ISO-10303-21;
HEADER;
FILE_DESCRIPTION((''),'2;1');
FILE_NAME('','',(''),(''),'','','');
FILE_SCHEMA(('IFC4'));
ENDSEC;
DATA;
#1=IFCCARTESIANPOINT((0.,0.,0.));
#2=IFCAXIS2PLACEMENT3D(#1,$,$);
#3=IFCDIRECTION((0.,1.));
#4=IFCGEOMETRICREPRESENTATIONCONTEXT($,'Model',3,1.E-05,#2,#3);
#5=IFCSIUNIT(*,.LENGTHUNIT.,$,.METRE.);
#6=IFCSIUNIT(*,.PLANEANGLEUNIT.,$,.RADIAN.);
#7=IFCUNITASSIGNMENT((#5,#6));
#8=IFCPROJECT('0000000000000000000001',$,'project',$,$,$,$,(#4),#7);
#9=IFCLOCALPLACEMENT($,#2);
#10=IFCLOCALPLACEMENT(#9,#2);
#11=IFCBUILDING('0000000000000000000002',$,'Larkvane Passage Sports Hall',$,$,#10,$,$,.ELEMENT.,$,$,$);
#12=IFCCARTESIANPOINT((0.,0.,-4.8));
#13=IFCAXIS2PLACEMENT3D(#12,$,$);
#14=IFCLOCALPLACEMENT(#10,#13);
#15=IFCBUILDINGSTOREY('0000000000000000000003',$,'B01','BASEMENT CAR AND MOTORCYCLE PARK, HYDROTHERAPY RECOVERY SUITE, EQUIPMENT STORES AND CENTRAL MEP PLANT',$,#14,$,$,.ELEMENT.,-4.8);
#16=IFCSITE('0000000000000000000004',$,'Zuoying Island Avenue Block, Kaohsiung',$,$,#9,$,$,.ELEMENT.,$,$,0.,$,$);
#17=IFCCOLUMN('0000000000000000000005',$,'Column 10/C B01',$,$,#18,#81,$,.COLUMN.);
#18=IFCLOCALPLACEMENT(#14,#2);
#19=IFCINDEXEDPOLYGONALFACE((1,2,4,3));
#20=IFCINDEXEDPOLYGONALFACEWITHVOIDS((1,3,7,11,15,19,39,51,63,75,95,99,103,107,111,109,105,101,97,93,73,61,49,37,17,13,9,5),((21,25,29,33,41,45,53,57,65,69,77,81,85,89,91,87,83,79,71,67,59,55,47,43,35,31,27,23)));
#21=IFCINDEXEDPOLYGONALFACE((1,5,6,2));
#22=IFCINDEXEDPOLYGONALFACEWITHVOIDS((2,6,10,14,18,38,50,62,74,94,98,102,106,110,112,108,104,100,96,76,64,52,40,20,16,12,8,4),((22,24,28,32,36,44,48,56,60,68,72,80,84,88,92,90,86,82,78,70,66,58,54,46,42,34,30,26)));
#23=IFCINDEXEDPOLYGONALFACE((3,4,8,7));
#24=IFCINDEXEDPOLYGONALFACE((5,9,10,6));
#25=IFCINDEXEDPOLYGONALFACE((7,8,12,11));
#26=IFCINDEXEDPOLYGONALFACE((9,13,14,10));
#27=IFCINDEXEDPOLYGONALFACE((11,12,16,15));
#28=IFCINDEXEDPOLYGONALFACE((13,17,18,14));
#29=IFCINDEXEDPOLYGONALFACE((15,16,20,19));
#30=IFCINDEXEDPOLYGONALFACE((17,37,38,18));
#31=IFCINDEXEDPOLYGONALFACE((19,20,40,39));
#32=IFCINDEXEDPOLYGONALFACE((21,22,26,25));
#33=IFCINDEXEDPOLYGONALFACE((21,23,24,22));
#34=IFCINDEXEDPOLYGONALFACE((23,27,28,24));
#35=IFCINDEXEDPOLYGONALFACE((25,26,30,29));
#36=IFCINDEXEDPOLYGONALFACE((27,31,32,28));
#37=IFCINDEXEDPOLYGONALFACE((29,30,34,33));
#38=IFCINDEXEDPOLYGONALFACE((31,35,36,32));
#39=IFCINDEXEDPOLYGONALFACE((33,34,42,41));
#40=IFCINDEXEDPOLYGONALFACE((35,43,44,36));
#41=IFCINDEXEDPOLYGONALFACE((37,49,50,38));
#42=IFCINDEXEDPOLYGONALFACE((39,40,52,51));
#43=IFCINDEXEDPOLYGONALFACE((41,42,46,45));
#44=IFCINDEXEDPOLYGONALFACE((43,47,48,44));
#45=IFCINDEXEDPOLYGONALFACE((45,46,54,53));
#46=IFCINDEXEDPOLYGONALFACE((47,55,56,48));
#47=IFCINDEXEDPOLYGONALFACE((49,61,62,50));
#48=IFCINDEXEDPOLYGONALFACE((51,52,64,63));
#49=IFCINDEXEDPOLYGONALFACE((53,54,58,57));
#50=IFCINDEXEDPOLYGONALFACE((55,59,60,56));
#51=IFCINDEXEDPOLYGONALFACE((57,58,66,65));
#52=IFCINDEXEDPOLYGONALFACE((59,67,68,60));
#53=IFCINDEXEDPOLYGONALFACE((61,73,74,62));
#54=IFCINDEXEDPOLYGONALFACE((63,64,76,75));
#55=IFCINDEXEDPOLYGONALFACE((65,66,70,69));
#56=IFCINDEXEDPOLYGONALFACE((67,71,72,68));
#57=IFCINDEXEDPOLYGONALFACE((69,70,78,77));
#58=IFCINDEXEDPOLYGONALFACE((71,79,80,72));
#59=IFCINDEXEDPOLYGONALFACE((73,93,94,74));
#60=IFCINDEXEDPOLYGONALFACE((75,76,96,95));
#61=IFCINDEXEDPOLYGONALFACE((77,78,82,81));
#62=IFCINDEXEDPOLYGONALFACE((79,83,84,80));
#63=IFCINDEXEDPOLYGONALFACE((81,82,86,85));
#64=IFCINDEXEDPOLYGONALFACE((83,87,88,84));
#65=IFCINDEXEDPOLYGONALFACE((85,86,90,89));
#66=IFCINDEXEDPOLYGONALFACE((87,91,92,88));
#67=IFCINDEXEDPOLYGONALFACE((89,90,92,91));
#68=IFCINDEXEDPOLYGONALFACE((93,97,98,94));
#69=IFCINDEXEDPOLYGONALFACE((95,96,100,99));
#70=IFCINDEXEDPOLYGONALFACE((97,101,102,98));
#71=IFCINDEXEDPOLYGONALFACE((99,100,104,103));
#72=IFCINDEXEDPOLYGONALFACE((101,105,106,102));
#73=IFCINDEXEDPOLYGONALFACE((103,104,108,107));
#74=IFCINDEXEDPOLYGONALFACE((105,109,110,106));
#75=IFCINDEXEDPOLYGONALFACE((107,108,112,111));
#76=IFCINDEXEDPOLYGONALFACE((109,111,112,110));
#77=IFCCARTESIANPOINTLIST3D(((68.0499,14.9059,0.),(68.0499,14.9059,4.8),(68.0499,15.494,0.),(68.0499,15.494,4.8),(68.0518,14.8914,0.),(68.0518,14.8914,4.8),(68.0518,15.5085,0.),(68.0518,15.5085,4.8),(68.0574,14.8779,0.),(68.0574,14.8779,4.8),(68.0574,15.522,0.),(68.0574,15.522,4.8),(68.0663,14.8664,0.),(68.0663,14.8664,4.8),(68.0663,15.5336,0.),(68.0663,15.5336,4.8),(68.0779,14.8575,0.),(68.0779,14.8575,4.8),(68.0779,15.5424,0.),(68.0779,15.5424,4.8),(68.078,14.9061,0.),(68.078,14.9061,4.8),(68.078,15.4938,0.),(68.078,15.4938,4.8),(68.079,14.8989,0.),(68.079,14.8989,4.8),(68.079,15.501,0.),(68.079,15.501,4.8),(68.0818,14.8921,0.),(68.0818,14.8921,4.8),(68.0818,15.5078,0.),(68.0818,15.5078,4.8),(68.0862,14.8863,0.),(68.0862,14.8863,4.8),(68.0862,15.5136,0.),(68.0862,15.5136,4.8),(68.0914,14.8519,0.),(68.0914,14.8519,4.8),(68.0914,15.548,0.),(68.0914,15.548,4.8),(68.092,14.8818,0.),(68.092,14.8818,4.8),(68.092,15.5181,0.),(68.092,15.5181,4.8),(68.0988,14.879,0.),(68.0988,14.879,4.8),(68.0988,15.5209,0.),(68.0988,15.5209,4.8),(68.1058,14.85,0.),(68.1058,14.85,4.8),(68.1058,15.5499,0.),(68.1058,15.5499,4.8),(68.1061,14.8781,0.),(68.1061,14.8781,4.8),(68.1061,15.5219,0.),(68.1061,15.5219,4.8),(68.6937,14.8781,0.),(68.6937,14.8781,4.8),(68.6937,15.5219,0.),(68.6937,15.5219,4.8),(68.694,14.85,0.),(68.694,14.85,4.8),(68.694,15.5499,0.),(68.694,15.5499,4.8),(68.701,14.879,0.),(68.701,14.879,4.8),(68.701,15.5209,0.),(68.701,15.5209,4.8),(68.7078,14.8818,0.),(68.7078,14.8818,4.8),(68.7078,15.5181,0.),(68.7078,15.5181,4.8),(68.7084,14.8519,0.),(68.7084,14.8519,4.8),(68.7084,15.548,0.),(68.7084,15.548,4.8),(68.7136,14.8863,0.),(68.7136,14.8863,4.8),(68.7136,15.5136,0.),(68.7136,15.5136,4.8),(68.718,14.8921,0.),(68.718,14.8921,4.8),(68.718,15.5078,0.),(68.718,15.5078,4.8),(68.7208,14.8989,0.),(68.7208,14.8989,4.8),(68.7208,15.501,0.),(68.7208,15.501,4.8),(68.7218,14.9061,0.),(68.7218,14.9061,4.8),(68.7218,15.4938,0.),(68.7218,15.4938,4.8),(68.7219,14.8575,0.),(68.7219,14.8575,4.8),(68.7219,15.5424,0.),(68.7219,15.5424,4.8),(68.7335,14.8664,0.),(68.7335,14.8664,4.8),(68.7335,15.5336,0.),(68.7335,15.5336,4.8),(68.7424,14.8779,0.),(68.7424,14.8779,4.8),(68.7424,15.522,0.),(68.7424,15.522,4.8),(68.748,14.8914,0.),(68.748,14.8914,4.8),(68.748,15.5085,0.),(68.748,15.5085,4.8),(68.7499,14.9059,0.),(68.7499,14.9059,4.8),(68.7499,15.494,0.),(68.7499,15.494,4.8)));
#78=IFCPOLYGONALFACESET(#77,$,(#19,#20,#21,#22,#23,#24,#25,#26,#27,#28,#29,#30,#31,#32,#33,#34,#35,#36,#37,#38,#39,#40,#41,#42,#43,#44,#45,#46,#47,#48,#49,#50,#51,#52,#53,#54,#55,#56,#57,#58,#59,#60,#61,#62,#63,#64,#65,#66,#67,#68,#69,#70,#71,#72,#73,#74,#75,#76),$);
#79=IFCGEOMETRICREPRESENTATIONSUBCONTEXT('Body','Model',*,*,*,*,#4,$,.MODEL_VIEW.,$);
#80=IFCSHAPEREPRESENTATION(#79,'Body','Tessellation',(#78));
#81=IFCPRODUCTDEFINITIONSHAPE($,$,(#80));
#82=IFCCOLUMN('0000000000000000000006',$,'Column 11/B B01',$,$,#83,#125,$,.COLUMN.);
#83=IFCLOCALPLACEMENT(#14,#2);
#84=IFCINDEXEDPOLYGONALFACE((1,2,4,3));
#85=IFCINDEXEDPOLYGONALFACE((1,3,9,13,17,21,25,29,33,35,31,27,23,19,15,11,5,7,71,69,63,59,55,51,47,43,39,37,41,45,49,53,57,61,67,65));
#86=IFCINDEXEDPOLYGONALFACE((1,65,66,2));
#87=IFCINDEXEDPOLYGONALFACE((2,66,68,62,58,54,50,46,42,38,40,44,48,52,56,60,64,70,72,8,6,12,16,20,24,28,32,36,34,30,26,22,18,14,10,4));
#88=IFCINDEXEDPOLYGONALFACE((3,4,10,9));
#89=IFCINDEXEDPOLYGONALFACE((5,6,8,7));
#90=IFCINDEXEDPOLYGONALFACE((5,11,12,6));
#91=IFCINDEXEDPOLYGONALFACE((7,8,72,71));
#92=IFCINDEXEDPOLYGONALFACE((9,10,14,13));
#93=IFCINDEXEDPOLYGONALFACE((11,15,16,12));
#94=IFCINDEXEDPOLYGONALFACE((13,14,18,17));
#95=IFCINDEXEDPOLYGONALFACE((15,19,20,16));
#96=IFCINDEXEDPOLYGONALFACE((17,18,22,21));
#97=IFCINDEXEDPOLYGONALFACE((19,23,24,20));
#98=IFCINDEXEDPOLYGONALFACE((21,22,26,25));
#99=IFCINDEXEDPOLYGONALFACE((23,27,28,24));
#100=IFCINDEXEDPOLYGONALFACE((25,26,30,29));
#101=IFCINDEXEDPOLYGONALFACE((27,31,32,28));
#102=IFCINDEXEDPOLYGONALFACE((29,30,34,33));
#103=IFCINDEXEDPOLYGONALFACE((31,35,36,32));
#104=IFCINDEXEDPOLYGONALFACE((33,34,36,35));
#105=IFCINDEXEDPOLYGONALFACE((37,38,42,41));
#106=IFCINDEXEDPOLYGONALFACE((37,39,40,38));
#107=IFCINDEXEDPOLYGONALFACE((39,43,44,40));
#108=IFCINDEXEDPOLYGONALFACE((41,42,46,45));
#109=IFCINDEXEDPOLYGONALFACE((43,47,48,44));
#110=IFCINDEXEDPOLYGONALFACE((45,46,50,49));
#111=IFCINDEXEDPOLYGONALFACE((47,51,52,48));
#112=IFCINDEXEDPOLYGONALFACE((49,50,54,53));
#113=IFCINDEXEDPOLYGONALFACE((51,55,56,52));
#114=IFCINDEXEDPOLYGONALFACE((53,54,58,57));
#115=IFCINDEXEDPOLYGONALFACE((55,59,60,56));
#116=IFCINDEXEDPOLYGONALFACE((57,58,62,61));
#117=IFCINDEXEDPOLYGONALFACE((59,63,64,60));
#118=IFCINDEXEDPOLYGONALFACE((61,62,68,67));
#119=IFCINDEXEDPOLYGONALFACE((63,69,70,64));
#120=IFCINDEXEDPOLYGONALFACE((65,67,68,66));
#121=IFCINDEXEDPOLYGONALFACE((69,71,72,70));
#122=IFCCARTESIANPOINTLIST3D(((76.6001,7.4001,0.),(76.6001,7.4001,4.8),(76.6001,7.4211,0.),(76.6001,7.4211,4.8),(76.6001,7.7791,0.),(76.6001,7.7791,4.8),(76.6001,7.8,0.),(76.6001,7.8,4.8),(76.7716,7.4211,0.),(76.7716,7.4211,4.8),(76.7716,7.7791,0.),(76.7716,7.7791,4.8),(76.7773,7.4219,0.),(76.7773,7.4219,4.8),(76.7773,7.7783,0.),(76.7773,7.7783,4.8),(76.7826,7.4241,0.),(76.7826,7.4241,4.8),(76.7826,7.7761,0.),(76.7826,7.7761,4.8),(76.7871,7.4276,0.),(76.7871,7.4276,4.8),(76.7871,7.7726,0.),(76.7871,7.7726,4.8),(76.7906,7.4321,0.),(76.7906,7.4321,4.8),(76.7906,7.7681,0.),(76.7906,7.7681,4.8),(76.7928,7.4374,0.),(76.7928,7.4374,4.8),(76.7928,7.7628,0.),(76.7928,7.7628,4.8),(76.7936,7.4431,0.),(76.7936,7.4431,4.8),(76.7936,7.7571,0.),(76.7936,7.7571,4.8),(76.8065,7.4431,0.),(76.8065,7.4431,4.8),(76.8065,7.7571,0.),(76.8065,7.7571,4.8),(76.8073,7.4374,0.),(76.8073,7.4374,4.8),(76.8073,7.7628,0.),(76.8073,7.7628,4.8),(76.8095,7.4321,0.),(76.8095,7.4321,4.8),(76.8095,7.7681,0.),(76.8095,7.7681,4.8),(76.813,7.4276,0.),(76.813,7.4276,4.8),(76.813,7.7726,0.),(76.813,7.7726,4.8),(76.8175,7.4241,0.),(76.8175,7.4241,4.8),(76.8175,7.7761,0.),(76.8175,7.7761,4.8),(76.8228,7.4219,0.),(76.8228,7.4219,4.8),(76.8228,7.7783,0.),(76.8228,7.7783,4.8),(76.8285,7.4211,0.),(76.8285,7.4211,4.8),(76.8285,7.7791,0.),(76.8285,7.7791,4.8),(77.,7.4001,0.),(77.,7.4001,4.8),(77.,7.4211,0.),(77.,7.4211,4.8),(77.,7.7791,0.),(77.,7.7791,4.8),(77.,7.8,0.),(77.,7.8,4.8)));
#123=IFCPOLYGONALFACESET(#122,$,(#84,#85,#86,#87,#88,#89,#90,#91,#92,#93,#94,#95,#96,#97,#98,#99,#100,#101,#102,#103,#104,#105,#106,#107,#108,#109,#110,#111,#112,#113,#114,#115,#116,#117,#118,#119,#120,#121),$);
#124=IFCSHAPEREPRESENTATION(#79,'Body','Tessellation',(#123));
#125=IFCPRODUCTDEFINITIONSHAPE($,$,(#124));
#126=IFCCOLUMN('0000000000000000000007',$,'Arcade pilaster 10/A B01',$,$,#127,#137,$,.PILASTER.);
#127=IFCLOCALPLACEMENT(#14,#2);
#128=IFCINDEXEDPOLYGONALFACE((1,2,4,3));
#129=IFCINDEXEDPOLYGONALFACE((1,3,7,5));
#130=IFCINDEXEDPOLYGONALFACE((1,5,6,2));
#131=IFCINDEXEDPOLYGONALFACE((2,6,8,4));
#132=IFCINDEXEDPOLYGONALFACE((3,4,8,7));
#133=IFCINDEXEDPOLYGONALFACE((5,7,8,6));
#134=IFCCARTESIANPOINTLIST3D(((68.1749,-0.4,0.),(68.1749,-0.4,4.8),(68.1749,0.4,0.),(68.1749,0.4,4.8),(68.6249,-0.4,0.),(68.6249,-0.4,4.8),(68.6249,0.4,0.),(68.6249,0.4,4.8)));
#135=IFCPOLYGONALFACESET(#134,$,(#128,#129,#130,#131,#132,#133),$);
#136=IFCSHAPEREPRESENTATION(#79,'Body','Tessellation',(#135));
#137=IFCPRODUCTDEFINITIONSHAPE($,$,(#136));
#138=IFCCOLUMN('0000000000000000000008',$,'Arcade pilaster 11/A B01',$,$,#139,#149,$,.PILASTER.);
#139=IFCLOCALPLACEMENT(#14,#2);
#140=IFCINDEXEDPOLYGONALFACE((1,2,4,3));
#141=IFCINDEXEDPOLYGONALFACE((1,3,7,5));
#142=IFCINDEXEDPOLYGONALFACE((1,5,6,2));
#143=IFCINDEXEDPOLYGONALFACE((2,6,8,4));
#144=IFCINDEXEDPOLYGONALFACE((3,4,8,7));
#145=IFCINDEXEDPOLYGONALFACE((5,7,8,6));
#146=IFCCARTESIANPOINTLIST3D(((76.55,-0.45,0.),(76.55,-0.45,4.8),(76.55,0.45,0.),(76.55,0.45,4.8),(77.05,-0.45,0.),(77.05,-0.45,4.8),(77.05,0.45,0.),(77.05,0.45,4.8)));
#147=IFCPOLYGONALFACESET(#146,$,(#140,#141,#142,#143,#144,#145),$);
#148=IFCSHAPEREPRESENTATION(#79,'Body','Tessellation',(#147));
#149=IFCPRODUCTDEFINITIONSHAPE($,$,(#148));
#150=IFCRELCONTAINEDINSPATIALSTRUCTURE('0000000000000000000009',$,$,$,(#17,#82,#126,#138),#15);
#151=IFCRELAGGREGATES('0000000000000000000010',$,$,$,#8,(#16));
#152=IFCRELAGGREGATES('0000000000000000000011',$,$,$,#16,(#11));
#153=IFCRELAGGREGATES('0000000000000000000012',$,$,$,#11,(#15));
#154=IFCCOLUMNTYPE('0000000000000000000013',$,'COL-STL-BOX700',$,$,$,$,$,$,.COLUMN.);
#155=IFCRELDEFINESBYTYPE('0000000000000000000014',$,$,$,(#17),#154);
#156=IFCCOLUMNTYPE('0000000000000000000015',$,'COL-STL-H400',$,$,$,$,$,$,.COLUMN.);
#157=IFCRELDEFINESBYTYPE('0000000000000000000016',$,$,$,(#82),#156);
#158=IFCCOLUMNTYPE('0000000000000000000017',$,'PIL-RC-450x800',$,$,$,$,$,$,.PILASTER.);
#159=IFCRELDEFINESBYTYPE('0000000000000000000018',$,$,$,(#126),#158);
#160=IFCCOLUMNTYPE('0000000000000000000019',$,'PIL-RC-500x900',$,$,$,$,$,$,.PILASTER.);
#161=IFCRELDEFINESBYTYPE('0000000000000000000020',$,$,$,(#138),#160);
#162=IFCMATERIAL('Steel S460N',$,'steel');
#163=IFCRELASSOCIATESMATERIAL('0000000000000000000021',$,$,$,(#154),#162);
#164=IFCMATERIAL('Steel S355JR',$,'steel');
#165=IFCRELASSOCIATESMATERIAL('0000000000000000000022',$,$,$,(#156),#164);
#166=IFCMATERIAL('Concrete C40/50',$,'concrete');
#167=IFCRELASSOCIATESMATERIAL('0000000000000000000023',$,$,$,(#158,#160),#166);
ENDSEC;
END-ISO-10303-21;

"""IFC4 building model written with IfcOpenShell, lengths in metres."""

from ifc_helpers import new_model, si_unit, direction, frame, origin, origin_2d, place, context, subcontext, project, spatial, rectangle, hollow_rectangle, i_section, extrude, material, material_profile, profile_set, type_object, element, save


model = new_model("IFC4")

# Units and contexts
model_context = context("Model", 3, precision=1e-05, world=origin(), true_north=direction((0.0, 1.0)))
body_context = subcontext(model_context, "Body", "Model", "MODEL_VIEW")
ifc_project = project(units=[si_unit("LENGTHUNIT", "METRE"), si_unit("PLANEANGLEUNIT", "RADIAN")], contexts=[model_context])

# Site, building, storey
site_placement = place(None, origin())
site = spatial("IfcSite", under=ifc_project, at=site_placement, Name="Zuoying Island Avenue Block, Kaohsiung", CompositionType="ELEMENT", RefElevation=0.0)
building_placement = place(site_placement, origin())
building = spatial("IfcBuilding", under=site, at=building_placement, Name="Larkvane Passage Sports Hall", CompositionType="ELEMENT")
storey_placement = place(building_placement, frame((0.0, 0.0, -4.8)))
storey = spatial("IfcBuildingStorey", under=building, at=storey_placement, Name="B01", Description="BASEMENT CAR AND MOTORCYCLE PARK, HYDROTHERAPY RECOVERY SUITE, EQUIPMENT STORES AND CENTRAL MEP PLANT", CompositionType="ELEMENT", Elevation=-4.8)

# Shared definitions
ifc_material_1 = material(Name="Concrete C40/50", Category="concrete")

# Columns
ifc_material_2 = material(Name="Steel S460N", Category="steel")
ifc_material_profile_1 = material_profile(ifc_material_2, hollow_rectangle(XDim=0.7, YDim=0.7, WallThickness=0.0281, InnerFilletRadius=0.0281, OuterFilletRadius=0.0559, at=origin_2d()), Name="BOX-700x700x28")
ifc_profile_set_1 = profile_set([ifc_material_profile_1], Name="Steel S460N")
column_type_1 = type_object("IfcColumnType", Name="COL-STL-BOX700", PredefinedType="COLUMN", material=ifc_profile_set_1)
column_1_placement = place(storey_placement, frame((68.3999, 15.2, 0.0), z_axis=(0.0, 0.0, 1.0), x_axis=(1.0, 0.0, 0.0)))
element("IfcColumn", 1, at=column_1_placement, inside=storey, type_object=column_type_1, Name="Column 10/C B01", PredefinedType="COLUMN", context=body_context, shape_type="SweptSolid", body=[
    extrude(hollow_rectangle(XDim=0.7, YDim=0.7, WallThickness=0.0281, InnerFilletRadius=0.0281, OuterFilletRadius=0.0559, at=origin_2d()), origin(), (0.0, 0.0, 1.0), 4.8),
])
ifc_material_3 = material(Name="Steel S355JR", Category="steel")
ifc_material_profile_2 = material_profile(ifc_material_3, i_section(OverallWidth=0.3999, OverallDepth=0.3999, WebThickness=0.0129, FlangeThickness=0.021, FilletRadius=0.022, at=origin_2d()), Name="H-400x400x13x21")
ifc_profile_set_2 = profile_set([ifc_material_profile_2], Name="Steel S355JR")
column_type_2 = type_object("IfcColumnType", Name="COL-STL-H400", PredefinedType="COLUMN", material=ifc_profile_set_2)
column_2_placement = place(storey_placement, frame((76.8, 7.6001, 0.0), z_axis=(0.0, 0.0, 1.0), x_axis=(1.0, 0.0, 0.0)))
element("IfcColumn", 2, at=column_2_placement, inside=storey, type_object=column_type_2, Name="Column 11/B B01", PredefinedType="COLUMN", context=body_context, shape_type="SweptSolid", body=[
    extrude(i_section(OverallWidth=0.3999, OverallDepth=0.3999, WebThickness=0.0129, FlangeThickness=0.021, FilletRadius=0.022, at=origin_2d()), origin(), (0.0, 0.0, 1.0), 4.8),
])
ifc_material_profile_3 = material_profile(ifc_material_1, rectangle(XDim=0.45, YDim=0.8, at=origin_2d()), Name="RC-PIL-450x800")
ifc_profile_set_3 = profile_set([ifc_material_profile_3], Name="Concrete C40/50")
column_type_3 = type_object("IfcColumnType", Name="PIL-RC-450x800", PredefinedType="PILASTER", material=ifc_profile_set_3)
column_3_placement = place(storey_placement, frame((68.3999, 0.0, 0.0), z_axis=(0.0, 0.0, 1.0), x_axis=(1.0, 0.0, 0.0)))
element("IfcColumn", 3, at=column_3_placement, inside=storey, type_object=column_type_3, Name="Arcade pilaster 10/A B01", PredefinedType="PILASTER", context=body_context, shape_type="SweptSolid", body=[
    extrude(rectangle(XDim=0.45, YDim=0.8, at=origin_2d()), origin(), (0.0, 0.0, 1.0), 4.8),
])
ifc_material_profile_4 = material_profile(ifc_material_1, rectangle(XDim=0.5, YDim=0.8999, at=origin_2d()), Name="RC-PIL-500x900")
ifc_profile_set_4 = profile_set([ifc_material_profile_4], Name="Concrete C40/50")
column_type_4 = type_object("IfcColumnType", Name="PIL-RC-500x900", PredefinedType="PILASTER", material=ifc_profile_set_4)
column_4_placement = place(storey_placement, frame((76.8, 0.0, 0.0), z_axis=(0.0, 0.0, 1.0), x_axis=(1.0, 0.0, 0.0)))
element("IfcColumn", 4, at=column_4_placement, inside=storey, type_object=column_type_4, Name="Arcade pilaster 11/A B01", PredefinedType="PILASTER", context=body_context, shape_type="SweptSolid", body=[
    extrude(rectangle(XDim=0.5, YDim=0.8999, at=origin_2d()), origin(), (0.0, 0.0, 1.0), 4.8),
])

save(model, "model.ifc")
